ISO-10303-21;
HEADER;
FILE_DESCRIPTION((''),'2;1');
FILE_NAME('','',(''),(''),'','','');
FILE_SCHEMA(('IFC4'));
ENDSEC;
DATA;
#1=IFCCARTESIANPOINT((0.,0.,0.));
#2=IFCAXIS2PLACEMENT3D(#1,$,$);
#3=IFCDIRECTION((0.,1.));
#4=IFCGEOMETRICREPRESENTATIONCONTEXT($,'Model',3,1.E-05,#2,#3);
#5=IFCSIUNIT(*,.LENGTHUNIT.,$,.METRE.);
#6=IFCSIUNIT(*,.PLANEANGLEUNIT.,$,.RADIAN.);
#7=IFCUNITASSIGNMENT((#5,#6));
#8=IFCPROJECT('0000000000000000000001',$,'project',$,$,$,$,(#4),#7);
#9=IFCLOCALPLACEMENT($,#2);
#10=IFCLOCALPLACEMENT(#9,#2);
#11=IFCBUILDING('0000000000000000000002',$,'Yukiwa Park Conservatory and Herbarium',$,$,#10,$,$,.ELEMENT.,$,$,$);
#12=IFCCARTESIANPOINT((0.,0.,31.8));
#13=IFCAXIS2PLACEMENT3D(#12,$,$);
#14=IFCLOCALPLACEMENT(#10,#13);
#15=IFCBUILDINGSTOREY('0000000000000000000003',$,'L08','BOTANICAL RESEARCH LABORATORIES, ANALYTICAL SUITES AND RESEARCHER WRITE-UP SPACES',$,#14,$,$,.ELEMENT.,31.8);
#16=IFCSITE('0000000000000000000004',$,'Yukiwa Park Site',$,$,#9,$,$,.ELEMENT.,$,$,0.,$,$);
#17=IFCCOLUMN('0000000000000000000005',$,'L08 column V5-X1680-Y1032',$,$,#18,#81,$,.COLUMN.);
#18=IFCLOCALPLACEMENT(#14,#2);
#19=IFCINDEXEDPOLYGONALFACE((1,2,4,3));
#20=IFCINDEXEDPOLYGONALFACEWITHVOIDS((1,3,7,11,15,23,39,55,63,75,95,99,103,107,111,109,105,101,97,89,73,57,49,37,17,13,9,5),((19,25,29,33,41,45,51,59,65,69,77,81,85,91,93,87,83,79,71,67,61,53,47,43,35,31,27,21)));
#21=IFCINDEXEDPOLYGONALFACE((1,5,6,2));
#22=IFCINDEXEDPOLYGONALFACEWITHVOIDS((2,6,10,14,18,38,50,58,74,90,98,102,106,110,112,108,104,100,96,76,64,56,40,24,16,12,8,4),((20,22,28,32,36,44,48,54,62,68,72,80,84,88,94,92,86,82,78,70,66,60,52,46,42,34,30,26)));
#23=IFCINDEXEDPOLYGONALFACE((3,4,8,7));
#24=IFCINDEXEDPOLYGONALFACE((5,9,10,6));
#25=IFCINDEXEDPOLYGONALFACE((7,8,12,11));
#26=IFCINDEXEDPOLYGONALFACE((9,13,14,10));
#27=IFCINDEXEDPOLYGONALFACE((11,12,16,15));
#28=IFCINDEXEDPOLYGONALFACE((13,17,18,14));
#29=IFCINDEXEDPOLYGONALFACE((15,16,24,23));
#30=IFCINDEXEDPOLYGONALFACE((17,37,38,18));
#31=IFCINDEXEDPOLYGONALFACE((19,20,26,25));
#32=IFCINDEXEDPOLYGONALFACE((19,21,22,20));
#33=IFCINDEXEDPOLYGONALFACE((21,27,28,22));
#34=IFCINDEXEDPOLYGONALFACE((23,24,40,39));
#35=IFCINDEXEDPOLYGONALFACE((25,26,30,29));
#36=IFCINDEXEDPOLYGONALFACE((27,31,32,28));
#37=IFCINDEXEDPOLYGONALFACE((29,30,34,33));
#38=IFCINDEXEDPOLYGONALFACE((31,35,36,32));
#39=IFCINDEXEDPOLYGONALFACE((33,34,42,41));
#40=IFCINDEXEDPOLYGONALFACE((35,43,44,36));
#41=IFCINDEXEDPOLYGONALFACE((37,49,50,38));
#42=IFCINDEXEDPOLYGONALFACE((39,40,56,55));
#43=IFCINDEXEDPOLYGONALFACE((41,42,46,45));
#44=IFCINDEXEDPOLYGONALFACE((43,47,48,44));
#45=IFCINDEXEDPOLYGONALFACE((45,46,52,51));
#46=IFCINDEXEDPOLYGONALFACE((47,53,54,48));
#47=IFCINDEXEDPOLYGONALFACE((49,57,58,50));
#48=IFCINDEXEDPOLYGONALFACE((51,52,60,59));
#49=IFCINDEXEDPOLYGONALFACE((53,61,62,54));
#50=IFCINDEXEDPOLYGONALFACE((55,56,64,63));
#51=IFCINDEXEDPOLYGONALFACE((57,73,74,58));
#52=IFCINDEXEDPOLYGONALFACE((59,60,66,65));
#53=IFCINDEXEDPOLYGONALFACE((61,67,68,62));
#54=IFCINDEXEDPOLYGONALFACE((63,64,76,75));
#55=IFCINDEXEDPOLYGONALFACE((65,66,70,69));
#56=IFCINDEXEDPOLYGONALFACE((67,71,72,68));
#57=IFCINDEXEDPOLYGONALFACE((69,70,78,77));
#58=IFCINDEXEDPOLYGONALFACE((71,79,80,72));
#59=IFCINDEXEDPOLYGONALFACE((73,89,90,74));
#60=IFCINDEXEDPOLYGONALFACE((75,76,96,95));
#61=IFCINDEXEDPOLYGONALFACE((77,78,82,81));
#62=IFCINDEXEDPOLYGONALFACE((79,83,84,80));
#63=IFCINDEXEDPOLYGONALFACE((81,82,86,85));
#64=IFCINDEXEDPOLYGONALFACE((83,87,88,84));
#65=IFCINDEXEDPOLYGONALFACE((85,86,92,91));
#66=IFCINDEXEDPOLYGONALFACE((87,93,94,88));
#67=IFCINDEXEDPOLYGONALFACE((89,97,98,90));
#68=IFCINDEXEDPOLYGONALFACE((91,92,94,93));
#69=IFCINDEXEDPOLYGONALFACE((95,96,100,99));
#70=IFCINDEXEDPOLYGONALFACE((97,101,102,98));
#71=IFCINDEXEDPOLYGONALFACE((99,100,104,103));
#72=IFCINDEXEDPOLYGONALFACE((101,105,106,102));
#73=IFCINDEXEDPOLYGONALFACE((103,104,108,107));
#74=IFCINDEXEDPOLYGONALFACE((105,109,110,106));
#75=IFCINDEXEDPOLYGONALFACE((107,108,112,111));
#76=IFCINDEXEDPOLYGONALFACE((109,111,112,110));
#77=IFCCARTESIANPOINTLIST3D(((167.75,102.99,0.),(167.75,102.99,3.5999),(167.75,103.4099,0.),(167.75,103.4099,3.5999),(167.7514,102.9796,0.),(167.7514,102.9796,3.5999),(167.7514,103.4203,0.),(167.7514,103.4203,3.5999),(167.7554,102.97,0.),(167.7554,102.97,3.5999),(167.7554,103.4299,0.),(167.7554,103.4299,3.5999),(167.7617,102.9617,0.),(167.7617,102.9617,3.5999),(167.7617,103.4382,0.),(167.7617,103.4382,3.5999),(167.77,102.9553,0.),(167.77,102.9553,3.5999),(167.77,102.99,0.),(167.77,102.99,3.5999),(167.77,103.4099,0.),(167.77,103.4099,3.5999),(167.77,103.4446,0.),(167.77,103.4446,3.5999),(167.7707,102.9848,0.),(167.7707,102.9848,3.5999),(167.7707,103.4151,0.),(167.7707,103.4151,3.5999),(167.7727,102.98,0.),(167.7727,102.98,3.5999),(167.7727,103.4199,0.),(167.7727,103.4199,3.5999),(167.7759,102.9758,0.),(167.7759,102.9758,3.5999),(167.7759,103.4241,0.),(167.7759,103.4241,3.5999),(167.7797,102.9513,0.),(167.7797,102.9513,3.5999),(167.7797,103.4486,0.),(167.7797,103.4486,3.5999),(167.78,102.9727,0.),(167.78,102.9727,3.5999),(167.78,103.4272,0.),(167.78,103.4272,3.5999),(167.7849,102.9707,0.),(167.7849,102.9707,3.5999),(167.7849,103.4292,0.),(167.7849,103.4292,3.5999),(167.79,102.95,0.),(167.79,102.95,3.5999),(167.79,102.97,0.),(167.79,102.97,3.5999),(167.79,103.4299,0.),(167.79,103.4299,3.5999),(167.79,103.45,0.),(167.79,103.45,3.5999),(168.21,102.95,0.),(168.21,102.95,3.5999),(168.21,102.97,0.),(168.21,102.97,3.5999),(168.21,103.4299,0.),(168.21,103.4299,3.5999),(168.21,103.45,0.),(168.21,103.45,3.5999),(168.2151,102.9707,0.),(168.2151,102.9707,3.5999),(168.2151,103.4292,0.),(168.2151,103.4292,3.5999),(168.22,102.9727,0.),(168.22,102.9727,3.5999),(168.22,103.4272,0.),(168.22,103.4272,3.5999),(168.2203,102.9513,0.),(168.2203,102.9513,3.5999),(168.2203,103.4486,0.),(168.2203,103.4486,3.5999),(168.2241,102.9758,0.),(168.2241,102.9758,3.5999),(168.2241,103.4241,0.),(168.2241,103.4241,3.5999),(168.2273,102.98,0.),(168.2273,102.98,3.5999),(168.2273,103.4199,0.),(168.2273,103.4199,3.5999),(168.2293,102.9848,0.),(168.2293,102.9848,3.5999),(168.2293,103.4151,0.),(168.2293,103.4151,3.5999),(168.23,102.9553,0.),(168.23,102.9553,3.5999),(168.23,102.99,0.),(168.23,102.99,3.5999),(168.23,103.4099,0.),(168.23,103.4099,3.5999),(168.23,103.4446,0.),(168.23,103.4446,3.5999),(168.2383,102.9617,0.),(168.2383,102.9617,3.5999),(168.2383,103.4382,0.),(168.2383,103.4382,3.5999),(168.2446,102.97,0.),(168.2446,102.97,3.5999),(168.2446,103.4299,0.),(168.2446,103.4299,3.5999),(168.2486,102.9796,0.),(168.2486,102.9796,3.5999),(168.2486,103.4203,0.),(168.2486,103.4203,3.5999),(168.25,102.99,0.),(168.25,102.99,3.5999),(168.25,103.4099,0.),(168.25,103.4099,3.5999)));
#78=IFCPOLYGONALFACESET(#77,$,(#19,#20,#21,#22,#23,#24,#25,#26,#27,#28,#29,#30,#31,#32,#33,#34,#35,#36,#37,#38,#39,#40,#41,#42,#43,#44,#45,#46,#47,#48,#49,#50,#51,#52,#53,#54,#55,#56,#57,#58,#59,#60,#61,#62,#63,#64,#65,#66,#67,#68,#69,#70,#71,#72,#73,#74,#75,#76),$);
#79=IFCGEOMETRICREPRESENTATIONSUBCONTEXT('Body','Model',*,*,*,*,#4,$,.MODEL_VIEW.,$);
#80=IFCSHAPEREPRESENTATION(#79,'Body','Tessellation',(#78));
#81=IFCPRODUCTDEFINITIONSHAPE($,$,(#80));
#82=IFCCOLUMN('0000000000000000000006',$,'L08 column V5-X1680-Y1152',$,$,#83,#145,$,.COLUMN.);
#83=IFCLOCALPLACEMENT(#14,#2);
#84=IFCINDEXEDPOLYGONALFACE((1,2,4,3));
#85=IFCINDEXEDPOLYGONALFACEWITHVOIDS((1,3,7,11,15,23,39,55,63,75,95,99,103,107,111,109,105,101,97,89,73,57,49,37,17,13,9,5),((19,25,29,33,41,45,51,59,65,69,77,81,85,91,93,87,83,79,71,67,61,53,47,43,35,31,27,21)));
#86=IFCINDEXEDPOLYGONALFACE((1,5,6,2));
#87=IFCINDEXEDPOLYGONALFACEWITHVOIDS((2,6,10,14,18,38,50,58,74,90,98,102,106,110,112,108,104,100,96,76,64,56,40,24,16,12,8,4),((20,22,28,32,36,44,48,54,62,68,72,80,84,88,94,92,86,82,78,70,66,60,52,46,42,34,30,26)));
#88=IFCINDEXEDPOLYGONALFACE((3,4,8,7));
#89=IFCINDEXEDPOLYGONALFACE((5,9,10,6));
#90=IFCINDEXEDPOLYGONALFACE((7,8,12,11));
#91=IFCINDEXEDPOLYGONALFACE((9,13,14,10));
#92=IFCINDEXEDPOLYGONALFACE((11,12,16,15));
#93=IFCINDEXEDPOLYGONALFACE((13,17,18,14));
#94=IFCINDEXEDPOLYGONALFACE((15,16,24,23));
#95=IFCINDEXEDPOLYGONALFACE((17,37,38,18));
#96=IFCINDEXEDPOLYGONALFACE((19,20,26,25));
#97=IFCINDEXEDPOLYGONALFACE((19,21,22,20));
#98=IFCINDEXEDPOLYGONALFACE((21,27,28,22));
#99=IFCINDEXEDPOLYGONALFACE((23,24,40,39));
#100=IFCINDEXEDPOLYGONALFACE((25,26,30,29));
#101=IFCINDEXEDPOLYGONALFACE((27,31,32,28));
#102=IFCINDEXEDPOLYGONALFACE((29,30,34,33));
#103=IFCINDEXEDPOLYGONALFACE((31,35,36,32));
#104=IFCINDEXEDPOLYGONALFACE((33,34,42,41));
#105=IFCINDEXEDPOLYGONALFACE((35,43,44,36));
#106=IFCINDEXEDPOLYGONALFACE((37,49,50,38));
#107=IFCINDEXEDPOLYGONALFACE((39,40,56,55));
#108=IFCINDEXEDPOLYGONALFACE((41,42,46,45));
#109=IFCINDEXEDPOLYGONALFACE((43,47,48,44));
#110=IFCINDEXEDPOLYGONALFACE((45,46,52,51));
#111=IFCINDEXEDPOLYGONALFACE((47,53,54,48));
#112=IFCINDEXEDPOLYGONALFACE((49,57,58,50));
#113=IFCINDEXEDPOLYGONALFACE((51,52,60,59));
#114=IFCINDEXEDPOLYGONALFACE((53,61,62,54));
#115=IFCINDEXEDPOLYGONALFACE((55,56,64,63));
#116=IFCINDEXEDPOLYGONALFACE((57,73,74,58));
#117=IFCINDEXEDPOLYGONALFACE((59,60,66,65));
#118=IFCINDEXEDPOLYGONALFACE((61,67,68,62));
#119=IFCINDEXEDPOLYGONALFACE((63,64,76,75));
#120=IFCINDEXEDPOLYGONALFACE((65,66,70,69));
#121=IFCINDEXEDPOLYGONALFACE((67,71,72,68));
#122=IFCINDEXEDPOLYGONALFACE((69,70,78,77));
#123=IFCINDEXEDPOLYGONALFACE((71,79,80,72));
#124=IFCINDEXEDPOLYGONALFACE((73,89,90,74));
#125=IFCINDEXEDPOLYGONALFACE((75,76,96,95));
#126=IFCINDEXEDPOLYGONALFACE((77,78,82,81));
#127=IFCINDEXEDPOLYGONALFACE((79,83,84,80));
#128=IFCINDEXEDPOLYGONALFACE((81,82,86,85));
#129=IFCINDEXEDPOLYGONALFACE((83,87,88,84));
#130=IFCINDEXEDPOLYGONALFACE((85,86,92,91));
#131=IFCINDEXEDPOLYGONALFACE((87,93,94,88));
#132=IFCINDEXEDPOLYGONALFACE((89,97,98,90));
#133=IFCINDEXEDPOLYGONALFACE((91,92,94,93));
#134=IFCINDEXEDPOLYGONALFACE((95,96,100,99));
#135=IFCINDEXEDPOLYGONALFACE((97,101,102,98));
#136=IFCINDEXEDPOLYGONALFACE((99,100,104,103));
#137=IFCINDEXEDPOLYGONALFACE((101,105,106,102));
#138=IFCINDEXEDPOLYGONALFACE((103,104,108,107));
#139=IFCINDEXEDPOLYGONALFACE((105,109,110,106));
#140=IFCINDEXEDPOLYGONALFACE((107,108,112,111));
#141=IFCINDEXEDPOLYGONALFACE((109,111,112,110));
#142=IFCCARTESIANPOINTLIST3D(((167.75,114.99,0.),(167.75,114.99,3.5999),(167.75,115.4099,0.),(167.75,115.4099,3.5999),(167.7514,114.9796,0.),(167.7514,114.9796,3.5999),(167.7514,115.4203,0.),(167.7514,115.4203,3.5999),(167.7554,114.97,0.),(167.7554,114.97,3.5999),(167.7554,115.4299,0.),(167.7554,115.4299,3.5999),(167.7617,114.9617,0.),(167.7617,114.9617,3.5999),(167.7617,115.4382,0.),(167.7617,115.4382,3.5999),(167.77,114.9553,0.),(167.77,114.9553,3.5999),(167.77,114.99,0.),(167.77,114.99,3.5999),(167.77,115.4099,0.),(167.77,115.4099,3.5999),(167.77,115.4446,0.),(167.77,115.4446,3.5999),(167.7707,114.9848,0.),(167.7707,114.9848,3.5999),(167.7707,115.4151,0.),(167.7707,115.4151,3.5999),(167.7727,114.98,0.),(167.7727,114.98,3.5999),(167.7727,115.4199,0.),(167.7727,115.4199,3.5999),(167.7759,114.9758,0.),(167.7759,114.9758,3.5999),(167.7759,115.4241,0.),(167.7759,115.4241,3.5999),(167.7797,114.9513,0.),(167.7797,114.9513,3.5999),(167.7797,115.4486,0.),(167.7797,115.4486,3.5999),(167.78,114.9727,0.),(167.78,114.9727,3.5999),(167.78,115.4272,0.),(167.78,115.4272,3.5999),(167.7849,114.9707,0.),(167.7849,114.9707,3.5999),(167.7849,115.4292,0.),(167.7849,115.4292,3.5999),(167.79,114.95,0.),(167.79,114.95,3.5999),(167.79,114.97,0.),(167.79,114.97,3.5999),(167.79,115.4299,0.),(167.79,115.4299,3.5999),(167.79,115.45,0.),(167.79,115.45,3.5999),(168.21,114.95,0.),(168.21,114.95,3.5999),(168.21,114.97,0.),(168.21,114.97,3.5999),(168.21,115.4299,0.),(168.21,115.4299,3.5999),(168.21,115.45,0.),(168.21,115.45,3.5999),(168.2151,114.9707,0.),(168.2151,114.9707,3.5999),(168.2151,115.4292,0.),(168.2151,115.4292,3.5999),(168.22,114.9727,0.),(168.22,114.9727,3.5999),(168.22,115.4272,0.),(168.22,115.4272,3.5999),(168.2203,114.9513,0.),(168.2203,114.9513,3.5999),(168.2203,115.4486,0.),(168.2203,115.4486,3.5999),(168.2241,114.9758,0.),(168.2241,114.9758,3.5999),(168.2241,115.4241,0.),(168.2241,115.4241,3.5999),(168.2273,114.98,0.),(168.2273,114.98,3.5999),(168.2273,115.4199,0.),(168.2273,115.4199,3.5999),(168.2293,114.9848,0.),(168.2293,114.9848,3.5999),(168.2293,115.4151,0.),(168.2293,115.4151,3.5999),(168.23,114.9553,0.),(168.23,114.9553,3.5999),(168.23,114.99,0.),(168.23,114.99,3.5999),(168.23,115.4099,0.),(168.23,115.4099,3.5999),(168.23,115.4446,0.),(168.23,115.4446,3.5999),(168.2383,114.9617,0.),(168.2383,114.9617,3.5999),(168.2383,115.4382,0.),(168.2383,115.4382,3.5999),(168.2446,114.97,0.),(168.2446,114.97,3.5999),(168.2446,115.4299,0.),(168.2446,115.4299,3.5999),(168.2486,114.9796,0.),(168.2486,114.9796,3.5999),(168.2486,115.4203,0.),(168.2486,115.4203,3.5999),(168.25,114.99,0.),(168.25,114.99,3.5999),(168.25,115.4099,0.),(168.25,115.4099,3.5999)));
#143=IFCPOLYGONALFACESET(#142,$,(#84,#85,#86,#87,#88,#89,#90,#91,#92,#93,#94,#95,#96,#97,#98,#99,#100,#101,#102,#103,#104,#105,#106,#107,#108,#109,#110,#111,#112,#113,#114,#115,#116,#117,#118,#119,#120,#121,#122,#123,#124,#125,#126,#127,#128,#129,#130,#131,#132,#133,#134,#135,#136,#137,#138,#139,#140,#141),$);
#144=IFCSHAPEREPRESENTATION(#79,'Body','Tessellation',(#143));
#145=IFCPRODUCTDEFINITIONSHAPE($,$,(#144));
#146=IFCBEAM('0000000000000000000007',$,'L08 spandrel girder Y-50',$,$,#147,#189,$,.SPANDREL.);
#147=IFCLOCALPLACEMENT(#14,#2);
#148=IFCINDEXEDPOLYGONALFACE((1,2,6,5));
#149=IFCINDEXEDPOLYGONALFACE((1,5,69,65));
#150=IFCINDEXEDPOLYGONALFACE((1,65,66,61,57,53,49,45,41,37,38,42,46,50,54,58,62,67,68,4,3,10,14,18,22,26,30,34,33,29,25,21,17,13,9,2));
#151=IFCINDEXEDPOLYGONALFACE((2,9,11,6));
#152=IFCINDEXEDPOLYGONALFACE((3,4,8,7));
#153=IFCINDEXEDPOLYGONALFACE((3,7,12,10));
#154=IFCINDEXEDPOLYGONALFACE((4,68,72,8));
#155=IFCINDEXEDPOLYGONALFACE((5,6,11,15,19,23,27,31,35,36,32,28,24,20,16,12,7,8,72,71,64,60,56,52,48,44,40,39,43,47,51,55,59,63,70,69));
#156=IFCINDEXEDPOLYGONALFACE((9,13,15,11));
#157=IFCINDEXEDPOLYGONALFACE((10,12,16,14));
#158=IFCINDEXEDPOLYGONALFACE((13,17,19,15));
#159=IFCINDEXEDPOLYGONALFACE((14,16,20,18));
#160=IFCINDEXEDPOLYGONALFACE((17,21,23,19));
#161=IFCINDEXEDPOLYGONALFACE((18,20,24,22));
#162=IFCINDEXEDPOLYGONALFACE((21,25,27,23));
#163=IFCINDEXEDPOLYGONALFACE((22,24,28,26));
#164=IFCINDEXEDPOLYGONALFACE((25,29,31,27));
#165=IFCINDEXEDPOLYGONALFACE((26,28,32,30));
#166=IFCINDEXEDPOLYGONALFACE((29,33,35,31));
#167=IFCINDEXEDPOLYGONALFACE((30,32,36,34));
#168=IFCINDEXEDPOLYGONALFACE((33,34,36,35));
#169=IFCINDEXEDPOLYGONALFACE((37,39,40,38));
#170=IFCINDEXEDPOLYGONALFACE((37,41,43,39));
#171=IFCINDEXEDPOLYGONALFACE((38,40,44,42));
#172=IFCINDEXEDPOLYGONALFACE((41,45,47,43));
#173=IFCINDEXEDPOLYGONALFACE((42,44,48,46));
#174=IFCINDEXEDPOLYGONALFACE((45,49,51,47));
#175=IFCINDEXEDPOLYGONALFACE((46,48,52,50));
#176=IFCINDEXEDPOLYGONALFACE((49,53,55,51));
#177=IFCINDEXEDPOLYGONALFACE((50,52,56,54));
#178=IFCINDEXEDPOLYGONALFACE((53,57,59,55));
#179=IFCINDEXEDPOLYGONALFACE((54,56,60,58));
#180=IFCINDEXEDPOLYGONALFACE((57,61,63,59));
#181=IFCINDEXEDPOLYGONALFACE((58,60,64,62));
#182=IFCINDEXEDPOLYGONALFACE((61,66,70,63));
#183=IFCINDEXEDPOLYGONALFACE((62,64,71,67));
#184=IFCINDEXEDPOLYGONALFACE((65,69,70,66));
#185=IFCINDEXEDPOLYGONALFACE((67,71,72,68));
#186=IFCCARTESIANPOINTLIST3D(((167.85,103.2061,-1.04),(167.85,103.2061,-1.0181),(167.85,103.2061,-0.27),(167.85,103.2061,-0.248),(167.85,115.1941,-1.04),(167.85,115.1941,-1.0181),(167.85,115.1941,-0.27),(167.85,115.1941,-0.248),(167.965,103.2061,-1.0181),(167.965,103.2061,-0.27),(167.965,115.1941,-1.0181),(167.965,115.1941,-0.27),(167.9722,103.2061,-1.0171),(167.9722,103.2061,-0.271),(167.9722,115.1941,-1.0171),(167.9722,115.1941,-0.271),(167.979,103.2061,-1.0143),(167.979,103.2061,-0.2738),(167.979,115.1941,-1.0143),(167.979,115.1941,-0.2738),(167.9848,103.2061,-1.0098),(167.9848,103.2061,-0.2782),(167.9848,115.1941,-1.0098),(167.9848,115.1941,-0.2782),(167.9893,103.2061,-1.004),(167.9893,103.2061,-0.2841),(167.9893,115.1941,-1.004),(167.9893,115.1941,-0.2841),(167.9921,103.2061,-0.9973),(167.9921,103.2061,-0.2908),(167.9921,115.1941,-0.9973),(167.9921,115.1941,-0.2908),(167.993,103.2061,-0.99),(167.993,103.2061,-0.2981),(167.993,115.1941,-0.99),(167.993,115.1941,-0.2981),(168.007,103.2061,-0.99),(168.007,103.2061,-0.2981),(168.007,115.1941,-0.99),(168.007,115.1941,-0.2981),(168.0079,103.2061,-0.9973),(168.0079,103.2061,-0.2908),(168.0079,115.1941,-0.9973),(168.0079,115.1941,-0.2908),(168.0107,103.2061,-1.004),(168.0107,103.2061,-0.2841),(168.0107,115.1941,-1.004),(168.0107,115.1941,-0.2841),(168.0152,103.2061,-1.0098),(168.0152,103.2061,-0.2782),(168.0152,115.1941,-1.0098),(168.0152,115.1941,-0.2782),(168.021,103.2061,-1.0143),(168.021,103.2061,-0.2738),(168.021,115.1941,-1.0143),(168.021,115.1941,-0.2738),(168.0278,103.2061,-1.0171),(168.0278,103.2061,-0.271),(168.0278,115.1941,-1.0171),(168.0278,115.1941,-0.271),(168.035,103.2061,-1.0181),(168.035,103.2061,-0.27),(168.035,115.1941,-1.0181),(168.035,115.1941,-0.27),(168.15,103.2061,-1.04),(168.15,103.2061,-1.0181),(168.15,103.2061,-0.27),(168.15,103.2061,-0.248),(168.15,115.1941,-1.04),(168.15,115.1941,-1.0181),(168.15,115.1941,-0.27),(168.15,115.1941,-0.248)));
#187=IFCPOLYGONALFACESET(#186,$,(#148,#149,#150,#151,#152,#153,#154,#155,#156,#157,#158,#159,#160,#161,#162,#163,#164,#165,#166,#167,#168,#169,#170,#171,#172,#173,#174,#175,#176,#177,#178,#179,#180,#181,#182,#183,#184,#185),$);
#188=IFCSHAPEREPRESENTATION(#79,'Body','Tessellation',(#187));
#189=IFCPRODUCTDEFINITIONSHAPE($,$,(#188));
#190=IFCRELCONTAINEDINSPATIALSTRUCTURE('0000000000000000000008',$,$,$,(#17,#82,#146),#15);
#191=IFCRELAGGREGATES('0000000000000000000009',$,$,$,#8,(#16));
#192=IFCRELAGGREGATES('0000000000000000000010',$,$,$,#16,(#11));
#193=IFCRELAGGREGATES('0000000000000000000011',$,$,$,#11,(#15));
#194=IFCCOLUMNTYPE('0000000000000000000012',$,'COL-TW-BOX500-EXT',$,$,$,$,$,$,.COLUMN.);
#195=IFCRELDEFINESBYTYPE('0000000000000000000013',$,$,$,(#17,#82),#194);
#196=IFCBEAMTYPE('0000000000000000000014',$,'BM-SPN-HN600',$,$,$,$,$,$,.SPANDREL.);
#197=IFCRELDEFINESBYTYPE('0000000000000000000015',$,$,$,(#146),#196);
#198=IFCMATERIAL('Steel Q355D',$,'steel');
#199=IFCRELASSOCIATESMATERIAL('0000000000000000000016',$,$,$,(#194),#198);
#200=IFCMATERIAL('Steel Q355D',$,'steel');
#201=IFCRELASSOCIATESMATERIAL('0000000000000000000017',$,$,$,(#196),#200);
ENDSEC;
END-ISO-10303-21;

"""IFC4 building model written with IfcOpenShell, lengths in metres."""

from ifc_helpers import new_model, si_unit, direction, frame, origin, origin_2d, place, context, subcontext, project, spatial, hollow_rectangle, i_section, extrude, material, material_profile, profile_set, type_object, element, save


model = new_model("IFC4")

# Units and contexts
model_context = context("Model", 3, precision=1e-05, world=origin(), true_north=direction((0.0, 1.0)))
body_context = subcontext(model_context, "Body", "Model", "MODEL_VIEW")
ifc_project = project(units=[si_unit("LENGTHUNIT", "METRE"), si_unit("PLANEANGLEUNIT", "RADIAN")], contexts=[model_context])

# Site, building, storey
site_placement = place(None, origin())
site = spatial("IfcSite", under=ifc_project, at=site_placement, Name="Yukiwa Park Site", CompositionType="ELEMENT", RefElevation=0.0)
building_placement = place(site_placement, origin())
building = spatial("IfcBuilding", under=site, at=building_placement, Name="Yukiwa Park Conservatory and Herbarium", CompositionType="ELEMENT")
storey_placement = place(building_placement, frame((0.0, 0.0, 31.8)))
storey = spatial("IfcBuildingStorey", under=building, at=storey_placement, Name="L08", Description="BOTANICAL RESEARCH LABORATORIES, ANALYTICAL SUITES AND RESEARCHER WRITE-UP SPACES", CompositionType="ELEMENT", Elevation=31.8)

# Columns
ifc_material_1 = material(Name="Steel Q355D", Category="steel")
ifc_material_profile_1 = material_profile(ifc_material_1, hollow_rectangle(XDim=0.5, YDim=0.5, WallThickness=0.02, InnerFilletRadius=0.02, OuterFilletRadius=0.04, at=origin_2d()), Name="BOX 500x500x20")
ifc_profile_set_1 = profile_set([ifc_material_profile_1], Name="Steel Q355D")
column_type = type_object("IfcColumnType", Name="COL-TW-BOX500-EXT", PredefinedType="COLUMN", material=ifc_profile_set_1)
for number, where, z_axis, x_axis, name in (
    (1, (168.0, 103.2, 0.0), (0.0, 0.0, 1.0), (1.0, 0.0, 0.0), "L08 column V5-X1680-Y1032"),
    (2, (168.0, 115.2, 0.0), (0.0, 0.0, 1.0), (1.0, 0.0, 0.0), "L08 column V5-X1680-Y1152"),
):
    element("IfcColumn", number, at=place(storey_placement, frame(where, z_axis=z_axis, x_axis=x_axis)), inside=storey, type_object=column_type, Name=name, PredefinedType="COLUMN", context=body_context, shape_type="SweptSolid", body=[
        extrude(hollow_rectangle(XDim=0.5, YDim=0.5, WallThickness=0.02, InnerFilletRadius=0.02, OuterFilletRadius=0.04, at=origin_2d()), origin(), (0.0, 0.0, 1.0), 3.5999),
    ])

# Beam
ifc_material_2 = material(Name="Steel Q355D", Category="steel")
ifc_material_profile_2 = material_profile(ifc_material_2, i_section(OverallWidth=0.3, OverallDepth=0.792, WebThickness=0.0139, FlangeThickness=0.022, FilletRadius=0.0281, at=origin_2d()), Name="HN 792x300x14x22")
ifc_profile_set_2 = profile_set([ifc_material_profile_2], Name="Steel Q355D")
beam_type_1 = type_object("IfcBeamType", Name="BM-SPN-HN600", PredefinedType="SPANDREL", material=ifc_profile_set_2)
beam_1_placement = place(storey_placement, frame((168.0, 103.2061, -0.644), z_axis=(0.0, 1.0, 0.0), x_axis=(-1.0, 0.0, 0.0)))
element("IfcBeam", 3, at=beam_1_placement, inside=storey, type_object=beam_type_1, Name="L08 spandrel girder Y-50", PredefinedType="SPANDREL", context=body_context, shape_type="SweptSolid", body=[
    extrude(i_section(OverallWidth=0.3, OverallDepth=0.792, WebThickness=0.0139, FlangeThickness=0.022, FilletRadius=0.0281, at=origin_2d()), origin(), (0.0, 0.0, 1.0), 11.988),
])

save(model, "model.ifc")
